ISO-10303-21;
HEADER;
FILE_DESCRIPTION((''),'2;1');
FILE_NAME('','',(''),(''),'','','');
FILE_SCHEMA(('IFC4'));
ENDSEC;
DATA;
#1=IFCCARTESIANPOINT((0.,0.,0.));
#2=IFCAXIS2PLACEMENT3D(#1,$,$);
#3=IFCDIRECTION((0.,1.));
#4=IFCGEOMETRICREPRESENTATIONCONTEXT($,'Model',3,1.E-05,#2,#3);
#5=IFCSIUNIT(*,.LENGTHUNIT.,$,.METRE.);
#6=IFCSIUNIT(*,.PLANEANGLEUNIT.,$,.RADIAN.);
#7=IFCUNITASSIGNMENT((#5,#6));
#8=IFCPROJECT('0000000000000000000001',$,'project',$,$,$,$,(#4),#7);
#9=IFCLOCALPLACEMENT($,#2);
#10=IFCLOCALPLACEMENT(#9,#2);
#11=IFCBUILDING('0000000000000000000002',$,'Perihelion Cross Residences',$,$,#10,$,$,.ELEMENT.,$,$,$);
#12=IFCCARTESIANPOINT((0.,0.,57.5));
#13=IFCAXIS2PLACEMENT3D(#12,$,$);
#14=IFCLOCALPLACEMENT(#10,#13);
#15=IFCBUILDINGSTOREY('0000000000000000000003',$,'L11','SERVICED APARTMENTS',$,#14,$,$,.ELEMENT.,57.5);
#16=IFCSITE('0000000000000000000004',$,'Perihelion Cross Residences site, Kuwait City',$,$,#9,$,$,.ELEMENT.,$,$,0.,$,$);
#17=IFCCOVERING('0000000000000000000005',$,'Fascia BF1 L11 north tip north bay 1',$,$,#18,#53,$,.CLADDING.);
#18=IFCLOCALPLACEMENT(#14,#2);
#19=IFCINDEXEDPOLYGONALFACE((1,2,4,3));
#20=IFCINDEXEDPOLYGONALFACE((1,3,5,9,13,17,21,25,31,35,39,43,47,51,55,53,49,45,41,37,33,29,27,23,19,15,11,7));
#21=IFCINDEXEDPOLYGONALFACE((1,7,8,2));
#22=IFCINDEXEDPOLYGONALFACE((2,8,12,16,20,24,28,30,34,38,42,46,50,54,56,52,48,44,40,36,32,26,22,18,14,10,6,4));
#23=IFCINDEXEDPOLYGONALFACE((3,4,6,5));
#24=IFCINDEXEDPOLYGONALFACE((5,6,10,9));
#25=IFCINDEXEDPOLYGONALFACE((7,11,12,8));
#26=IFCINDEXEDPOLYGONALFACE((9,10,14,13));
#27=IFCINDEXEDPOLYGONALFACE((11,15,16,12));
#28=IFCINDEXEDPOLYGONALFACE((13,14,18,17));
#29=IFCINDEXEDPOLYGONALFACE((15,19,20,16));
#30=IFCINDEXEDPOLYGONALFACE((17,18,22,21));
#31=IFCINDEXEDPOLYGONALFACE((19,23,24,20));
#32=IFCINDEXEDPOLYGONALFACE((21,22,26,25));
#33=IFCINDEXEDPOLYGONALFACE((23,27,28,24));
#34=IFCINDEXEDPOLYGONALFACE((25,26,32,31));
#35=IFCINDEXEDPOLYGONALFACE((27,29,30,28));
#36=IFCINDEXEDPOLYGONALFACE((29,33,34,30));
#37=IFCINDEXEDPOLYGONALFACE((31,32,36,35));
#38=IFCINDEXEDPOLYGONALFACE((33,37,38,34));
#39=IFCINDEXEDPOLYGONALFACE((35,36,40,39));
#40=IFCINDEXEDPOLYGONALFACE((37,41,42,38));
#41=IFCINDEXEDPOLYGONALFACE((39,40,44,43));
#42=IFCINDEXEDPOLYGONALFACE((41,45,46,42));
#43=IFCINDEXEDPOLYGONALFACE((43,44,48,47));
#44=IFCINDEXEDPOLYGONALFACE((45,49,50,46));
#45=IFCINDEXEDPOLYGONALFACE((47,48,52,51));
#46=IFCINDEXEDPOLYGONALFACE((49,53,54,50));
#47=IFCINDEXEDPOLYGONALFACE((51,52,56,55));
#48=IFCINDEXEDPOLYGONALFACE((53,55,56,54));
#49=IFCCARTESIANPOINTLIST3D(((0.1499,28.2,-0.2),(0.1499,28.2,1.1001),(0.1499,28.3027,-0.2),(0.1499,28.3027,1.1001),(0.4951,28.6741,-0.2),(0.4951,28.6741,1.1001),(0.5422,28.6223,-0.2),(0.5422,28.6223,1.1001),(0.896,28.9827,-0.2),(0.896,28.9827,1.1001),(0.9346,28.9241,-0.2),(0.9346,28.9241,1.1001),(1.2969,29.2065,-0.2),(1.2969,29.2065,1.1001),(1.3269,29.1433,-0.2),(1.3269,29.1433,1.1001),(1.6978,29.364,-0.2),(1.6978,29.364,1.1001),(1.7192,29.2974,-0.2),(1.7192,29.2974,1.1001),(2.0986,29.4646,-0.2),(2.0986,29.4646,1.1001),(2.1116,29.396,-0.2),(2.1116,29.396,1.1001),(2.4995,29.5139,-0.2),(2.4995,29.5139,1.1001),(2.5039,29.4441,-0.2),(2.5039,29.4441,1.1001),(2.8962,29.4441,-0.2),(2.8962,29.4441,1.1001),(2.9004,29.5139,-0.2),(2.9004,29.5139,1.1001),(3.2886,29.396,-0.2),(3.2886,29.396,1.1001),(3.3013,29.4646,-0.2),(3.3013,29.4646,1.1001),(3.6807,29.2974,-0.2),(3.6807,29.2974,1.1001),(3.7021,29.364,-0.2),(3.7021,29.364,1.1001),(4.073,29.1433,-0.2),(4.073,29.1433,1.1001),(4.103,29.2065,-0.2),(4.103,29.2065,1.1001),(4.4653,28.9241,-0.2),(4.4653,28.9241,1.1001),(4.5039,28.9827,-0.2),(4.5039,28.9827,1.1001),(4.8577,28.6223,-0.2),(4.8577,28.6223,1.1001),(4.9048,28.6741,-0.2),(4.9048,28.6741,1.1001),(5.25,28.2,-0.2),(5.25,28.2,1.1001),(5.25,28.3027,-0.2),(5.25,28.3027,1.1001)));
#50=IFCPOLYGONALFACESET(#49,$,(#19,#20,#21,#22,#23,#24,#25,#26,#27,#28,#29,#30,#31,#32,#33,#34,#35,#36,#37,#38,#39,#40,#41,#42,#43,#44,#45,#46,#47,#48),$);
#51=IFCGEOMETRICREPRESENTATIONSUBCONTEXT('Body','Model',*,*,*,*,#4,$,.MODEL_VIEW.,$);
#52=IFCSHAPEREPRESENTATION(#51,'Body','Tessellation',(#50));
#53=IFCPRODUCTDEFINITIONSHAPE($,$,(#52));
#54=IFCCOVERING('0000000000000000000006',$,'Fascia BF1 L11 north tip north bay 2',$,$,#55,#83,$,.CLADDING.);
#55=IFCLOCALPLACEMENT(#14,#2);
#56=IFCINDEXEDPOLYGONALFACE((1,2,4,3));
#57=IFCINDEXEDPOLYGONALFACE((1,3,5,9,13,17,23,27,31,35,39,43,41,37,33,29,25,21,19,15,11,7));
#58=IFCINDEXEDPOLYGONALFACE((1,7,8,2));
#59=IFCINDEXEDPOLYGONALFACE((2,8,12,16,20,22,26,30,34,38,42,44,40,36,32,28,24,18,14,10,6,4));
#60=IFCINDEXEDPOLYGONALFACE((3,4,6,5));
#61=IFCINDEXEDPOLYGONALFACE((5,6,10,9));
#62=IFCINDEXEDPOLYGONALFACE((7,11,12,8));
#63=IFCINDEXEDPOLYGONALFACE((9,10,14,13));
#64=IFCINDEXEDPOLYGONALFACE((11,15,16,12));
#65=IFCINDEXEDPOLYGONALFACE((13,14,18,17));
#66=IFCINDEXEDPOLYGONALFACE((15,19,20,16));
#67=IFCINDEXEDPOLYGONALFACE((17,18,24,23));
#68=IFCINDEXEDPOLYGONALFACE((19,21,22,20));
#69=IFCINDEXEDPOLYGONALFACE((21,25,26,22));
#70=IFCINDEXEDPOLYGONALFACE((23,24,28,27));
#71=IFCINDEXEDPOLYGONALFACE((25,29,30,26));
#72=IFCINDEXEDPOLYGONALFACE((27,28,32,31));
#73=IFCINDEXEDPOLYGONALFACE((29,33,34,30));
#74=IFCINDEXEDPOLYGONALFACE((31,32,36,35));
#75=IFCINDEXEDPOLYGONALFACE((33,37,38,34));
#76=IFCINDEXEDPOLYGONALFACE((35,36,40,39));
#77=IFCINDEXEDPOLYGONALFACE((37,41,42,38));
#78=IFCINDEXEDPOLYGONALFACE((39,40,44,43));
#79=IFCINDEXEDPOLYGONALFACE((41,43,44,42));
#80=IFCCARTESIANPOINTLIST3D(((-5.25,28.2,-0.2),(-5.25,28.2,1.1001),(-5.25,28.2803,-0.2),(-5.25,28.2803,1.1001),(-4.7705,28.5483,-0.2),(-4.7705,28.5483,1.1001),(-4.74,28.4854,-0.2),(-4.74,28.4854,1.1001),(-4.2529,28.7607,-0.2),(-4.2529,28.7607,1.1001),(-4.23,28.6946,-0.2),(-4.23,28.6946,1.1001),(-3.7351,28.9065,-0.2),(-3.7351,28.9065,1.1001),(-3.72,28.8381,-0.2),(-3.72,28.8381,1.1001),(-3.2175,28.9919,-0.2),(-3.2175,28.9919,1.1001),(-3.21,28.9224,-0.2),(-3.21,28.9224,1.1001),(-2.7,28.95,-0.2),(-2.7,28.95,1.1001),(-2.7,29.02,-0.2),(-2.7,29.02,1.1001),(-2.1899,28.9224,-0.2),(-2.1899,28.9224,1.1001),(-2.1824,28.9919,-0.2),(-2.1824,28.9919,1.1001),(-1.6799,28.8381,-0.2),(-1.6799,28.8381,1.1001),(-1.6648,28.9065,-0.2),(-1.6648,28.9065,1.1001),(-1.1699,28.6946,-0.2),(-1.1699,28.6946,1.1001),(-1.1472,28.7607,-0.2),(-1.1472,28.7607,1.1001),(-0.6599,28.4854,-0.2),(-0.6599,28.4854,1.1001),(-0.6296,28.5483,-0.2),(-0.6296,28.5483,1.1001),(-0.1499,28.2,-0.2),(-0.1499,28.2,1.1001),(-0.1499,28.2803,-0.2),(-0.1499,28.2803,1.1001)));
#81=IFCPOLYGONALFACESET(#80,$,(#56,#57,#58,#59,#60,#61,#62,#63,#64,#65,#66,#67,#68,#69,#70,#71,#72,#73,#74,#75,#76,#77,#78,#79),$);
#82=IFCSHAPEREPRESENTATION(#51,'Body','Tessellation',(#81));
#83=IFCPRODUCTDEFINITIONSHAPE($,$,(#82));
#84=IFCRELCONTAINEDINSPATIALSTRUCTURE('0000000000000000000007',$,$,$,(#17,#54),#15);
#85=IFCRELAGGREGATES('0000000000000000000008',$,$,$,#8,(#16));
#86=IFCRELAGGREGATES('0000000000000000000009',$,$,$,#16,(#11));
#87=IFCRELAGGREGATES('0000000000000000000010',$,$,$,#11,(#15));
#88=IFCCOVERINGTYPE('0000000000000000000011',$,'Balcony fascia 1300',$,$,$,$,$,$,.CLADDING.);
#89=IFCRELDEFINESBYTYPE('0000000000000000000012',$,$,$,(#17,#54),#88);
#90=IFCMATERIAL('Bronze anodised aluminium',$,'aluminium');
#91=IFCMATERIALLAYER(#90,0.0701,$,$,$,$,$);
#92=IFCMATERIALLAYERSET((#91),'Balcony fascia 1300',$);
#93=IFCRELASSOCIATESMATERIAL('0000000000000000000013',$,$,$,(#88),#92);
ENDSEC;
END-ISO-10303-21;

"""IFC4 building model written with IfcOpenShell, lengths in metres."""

from ifc_helpers import new_model, si_unit, direction, frame, origin, place, context, subcontext, project, spatial, polyline, outline, extrude, material, layer, layer_set, type_object, element, save


model = new_model("IFC4")

# Units and contexts
model_context = context("Model", 3, precision=1e-05, world=origin(), true_north=direction((0.0, 1.0)))
body_context = subcontext(model_context, "Body", "Model", "MODEL_VIEW")
ifc_project = project(units=[si_unit("LENGTHUNIT", "METRE"), si_unit("PLANEANGLEUNIT", "RADIAN")], contexts=[model_context])

# Site, building, storey
site_placement = place(None, origin())
site = spatial("IfcSite", under=ifc_project, at=site_placement, Name="Perihelion Cross Residences site, Kuwait City", CompositionType="ELEMENT", RefElevation=0.0)
building_placement = place(site_placement, origin())
building = spatial("IfcBuilding", under=site, at=building_placement, Name="Perihelion Cross Residences", CompositionType="ELEMENT")
storey_placement = place(building_placement, frame((0.0, 0.0, 57.5)))
storey = spatial("IfcBuildingStorey", under=building, at=storey_placement, Name="L11", Description="SERVICED APARTMENTS", CompositionType="ELEMENT", Elevation=57.5)

# Coverings
ifc_material_1 = material(Name="Bronze anodised aluminium", Category="aluminium")
ifc_layer_1 = layer(ifc_material_1, 0.0701)
ifc_layer_set_1 = layer_set([ifc_layer_1], Name="Balcony fascia 1300")
covering_type = type_object("IfcCoveringType", Name="Balcony fascia 1300", PredefinedType="CLADDING", material=ifc_layer_set_1)
covering_1_placement = place(storey_placement, frame((0.0, 0.0, -0.2)))
element("IfcCovering", 1, at=covering_1_placement, inside=storey, type_object=covering_type, Name="Fascia BF1 L11 north tip north bay 1", PredefinedType="CLADDING", context=body_context, shape_type="SweptSolid", body=[
    extrude(outline(polyline([(4.9048, 28.6741), (4.5039, 28.9827), (4.103, 29.2065), (3.7021, 29.364), (3.3013, 29.4646), (2.9004, 29.5139), (2.4995, 29.5139), (2.0986, 29.4646), (1.6978, 29.364), (1.2969, 29.2065), (0.896, 28.9827), (0.4951, 28.6741), (0.1499, 28.3027), (0.1499, 28.2), (0.5422, 28.6223), (0.9346, 28.9241), (1.3269, 29.1433), (1.7192, 29.2974), (2.1116, 29.396), (2.5039, 29.4441), (2.8962, 29.4441), (3.2886, 29.396), (3.6807, 29.2974), (4.073, 29.1433), (4.4653, 28.9241), (4.8577, 28.6223), (5.25, 28.2), (5.25, 28.3027), (4.9048, 28.6741)])), origin(), (0.0, 0.0, 1.0), 1.3),
])
covering_2_placement = place(storey_placement, frame((0.0, 0.0, -0.2)))
element("IfcCovering", 2, at=covering_2_placement, inside=storey, type_object=covering_type, Name="Fascia BF1 L11 north tip north bay 2", PredefinedType="CLADDING", context=body_context, shape_type="SweptSolid", body=[
    extrude(outline(polyline([(-0.6296, 28.5483), (-1.1472, 28.7607), (-1.6648, 28.9065), (-2.1824, 28.9919), (-2.7, 29.02), (-3.2175, 28.9919), (-3.7351, 28.9065), (-4.2529, 28.7607), (-4.7705, 28.5483), (-5.25, 28.2803), (-5.25, 28.2), (-4.74, 28.4854), (-4.23, 28.6946), (-3.72, 28.8381), (-3.21, 28.9224), (-2.7, 28.95), (-2.1899, 28.9224), (-1.6799, 28.8381), (-1.1699, 28.6946), (-0.6599, 28.4854), (-0.1499, 28.2), (-0.1499, 28.2803), (-0.6296, 28.5483)])), origin(), (0.0, 0.0, 1.0), 1.3),
])

save(model, "model.ifc")
